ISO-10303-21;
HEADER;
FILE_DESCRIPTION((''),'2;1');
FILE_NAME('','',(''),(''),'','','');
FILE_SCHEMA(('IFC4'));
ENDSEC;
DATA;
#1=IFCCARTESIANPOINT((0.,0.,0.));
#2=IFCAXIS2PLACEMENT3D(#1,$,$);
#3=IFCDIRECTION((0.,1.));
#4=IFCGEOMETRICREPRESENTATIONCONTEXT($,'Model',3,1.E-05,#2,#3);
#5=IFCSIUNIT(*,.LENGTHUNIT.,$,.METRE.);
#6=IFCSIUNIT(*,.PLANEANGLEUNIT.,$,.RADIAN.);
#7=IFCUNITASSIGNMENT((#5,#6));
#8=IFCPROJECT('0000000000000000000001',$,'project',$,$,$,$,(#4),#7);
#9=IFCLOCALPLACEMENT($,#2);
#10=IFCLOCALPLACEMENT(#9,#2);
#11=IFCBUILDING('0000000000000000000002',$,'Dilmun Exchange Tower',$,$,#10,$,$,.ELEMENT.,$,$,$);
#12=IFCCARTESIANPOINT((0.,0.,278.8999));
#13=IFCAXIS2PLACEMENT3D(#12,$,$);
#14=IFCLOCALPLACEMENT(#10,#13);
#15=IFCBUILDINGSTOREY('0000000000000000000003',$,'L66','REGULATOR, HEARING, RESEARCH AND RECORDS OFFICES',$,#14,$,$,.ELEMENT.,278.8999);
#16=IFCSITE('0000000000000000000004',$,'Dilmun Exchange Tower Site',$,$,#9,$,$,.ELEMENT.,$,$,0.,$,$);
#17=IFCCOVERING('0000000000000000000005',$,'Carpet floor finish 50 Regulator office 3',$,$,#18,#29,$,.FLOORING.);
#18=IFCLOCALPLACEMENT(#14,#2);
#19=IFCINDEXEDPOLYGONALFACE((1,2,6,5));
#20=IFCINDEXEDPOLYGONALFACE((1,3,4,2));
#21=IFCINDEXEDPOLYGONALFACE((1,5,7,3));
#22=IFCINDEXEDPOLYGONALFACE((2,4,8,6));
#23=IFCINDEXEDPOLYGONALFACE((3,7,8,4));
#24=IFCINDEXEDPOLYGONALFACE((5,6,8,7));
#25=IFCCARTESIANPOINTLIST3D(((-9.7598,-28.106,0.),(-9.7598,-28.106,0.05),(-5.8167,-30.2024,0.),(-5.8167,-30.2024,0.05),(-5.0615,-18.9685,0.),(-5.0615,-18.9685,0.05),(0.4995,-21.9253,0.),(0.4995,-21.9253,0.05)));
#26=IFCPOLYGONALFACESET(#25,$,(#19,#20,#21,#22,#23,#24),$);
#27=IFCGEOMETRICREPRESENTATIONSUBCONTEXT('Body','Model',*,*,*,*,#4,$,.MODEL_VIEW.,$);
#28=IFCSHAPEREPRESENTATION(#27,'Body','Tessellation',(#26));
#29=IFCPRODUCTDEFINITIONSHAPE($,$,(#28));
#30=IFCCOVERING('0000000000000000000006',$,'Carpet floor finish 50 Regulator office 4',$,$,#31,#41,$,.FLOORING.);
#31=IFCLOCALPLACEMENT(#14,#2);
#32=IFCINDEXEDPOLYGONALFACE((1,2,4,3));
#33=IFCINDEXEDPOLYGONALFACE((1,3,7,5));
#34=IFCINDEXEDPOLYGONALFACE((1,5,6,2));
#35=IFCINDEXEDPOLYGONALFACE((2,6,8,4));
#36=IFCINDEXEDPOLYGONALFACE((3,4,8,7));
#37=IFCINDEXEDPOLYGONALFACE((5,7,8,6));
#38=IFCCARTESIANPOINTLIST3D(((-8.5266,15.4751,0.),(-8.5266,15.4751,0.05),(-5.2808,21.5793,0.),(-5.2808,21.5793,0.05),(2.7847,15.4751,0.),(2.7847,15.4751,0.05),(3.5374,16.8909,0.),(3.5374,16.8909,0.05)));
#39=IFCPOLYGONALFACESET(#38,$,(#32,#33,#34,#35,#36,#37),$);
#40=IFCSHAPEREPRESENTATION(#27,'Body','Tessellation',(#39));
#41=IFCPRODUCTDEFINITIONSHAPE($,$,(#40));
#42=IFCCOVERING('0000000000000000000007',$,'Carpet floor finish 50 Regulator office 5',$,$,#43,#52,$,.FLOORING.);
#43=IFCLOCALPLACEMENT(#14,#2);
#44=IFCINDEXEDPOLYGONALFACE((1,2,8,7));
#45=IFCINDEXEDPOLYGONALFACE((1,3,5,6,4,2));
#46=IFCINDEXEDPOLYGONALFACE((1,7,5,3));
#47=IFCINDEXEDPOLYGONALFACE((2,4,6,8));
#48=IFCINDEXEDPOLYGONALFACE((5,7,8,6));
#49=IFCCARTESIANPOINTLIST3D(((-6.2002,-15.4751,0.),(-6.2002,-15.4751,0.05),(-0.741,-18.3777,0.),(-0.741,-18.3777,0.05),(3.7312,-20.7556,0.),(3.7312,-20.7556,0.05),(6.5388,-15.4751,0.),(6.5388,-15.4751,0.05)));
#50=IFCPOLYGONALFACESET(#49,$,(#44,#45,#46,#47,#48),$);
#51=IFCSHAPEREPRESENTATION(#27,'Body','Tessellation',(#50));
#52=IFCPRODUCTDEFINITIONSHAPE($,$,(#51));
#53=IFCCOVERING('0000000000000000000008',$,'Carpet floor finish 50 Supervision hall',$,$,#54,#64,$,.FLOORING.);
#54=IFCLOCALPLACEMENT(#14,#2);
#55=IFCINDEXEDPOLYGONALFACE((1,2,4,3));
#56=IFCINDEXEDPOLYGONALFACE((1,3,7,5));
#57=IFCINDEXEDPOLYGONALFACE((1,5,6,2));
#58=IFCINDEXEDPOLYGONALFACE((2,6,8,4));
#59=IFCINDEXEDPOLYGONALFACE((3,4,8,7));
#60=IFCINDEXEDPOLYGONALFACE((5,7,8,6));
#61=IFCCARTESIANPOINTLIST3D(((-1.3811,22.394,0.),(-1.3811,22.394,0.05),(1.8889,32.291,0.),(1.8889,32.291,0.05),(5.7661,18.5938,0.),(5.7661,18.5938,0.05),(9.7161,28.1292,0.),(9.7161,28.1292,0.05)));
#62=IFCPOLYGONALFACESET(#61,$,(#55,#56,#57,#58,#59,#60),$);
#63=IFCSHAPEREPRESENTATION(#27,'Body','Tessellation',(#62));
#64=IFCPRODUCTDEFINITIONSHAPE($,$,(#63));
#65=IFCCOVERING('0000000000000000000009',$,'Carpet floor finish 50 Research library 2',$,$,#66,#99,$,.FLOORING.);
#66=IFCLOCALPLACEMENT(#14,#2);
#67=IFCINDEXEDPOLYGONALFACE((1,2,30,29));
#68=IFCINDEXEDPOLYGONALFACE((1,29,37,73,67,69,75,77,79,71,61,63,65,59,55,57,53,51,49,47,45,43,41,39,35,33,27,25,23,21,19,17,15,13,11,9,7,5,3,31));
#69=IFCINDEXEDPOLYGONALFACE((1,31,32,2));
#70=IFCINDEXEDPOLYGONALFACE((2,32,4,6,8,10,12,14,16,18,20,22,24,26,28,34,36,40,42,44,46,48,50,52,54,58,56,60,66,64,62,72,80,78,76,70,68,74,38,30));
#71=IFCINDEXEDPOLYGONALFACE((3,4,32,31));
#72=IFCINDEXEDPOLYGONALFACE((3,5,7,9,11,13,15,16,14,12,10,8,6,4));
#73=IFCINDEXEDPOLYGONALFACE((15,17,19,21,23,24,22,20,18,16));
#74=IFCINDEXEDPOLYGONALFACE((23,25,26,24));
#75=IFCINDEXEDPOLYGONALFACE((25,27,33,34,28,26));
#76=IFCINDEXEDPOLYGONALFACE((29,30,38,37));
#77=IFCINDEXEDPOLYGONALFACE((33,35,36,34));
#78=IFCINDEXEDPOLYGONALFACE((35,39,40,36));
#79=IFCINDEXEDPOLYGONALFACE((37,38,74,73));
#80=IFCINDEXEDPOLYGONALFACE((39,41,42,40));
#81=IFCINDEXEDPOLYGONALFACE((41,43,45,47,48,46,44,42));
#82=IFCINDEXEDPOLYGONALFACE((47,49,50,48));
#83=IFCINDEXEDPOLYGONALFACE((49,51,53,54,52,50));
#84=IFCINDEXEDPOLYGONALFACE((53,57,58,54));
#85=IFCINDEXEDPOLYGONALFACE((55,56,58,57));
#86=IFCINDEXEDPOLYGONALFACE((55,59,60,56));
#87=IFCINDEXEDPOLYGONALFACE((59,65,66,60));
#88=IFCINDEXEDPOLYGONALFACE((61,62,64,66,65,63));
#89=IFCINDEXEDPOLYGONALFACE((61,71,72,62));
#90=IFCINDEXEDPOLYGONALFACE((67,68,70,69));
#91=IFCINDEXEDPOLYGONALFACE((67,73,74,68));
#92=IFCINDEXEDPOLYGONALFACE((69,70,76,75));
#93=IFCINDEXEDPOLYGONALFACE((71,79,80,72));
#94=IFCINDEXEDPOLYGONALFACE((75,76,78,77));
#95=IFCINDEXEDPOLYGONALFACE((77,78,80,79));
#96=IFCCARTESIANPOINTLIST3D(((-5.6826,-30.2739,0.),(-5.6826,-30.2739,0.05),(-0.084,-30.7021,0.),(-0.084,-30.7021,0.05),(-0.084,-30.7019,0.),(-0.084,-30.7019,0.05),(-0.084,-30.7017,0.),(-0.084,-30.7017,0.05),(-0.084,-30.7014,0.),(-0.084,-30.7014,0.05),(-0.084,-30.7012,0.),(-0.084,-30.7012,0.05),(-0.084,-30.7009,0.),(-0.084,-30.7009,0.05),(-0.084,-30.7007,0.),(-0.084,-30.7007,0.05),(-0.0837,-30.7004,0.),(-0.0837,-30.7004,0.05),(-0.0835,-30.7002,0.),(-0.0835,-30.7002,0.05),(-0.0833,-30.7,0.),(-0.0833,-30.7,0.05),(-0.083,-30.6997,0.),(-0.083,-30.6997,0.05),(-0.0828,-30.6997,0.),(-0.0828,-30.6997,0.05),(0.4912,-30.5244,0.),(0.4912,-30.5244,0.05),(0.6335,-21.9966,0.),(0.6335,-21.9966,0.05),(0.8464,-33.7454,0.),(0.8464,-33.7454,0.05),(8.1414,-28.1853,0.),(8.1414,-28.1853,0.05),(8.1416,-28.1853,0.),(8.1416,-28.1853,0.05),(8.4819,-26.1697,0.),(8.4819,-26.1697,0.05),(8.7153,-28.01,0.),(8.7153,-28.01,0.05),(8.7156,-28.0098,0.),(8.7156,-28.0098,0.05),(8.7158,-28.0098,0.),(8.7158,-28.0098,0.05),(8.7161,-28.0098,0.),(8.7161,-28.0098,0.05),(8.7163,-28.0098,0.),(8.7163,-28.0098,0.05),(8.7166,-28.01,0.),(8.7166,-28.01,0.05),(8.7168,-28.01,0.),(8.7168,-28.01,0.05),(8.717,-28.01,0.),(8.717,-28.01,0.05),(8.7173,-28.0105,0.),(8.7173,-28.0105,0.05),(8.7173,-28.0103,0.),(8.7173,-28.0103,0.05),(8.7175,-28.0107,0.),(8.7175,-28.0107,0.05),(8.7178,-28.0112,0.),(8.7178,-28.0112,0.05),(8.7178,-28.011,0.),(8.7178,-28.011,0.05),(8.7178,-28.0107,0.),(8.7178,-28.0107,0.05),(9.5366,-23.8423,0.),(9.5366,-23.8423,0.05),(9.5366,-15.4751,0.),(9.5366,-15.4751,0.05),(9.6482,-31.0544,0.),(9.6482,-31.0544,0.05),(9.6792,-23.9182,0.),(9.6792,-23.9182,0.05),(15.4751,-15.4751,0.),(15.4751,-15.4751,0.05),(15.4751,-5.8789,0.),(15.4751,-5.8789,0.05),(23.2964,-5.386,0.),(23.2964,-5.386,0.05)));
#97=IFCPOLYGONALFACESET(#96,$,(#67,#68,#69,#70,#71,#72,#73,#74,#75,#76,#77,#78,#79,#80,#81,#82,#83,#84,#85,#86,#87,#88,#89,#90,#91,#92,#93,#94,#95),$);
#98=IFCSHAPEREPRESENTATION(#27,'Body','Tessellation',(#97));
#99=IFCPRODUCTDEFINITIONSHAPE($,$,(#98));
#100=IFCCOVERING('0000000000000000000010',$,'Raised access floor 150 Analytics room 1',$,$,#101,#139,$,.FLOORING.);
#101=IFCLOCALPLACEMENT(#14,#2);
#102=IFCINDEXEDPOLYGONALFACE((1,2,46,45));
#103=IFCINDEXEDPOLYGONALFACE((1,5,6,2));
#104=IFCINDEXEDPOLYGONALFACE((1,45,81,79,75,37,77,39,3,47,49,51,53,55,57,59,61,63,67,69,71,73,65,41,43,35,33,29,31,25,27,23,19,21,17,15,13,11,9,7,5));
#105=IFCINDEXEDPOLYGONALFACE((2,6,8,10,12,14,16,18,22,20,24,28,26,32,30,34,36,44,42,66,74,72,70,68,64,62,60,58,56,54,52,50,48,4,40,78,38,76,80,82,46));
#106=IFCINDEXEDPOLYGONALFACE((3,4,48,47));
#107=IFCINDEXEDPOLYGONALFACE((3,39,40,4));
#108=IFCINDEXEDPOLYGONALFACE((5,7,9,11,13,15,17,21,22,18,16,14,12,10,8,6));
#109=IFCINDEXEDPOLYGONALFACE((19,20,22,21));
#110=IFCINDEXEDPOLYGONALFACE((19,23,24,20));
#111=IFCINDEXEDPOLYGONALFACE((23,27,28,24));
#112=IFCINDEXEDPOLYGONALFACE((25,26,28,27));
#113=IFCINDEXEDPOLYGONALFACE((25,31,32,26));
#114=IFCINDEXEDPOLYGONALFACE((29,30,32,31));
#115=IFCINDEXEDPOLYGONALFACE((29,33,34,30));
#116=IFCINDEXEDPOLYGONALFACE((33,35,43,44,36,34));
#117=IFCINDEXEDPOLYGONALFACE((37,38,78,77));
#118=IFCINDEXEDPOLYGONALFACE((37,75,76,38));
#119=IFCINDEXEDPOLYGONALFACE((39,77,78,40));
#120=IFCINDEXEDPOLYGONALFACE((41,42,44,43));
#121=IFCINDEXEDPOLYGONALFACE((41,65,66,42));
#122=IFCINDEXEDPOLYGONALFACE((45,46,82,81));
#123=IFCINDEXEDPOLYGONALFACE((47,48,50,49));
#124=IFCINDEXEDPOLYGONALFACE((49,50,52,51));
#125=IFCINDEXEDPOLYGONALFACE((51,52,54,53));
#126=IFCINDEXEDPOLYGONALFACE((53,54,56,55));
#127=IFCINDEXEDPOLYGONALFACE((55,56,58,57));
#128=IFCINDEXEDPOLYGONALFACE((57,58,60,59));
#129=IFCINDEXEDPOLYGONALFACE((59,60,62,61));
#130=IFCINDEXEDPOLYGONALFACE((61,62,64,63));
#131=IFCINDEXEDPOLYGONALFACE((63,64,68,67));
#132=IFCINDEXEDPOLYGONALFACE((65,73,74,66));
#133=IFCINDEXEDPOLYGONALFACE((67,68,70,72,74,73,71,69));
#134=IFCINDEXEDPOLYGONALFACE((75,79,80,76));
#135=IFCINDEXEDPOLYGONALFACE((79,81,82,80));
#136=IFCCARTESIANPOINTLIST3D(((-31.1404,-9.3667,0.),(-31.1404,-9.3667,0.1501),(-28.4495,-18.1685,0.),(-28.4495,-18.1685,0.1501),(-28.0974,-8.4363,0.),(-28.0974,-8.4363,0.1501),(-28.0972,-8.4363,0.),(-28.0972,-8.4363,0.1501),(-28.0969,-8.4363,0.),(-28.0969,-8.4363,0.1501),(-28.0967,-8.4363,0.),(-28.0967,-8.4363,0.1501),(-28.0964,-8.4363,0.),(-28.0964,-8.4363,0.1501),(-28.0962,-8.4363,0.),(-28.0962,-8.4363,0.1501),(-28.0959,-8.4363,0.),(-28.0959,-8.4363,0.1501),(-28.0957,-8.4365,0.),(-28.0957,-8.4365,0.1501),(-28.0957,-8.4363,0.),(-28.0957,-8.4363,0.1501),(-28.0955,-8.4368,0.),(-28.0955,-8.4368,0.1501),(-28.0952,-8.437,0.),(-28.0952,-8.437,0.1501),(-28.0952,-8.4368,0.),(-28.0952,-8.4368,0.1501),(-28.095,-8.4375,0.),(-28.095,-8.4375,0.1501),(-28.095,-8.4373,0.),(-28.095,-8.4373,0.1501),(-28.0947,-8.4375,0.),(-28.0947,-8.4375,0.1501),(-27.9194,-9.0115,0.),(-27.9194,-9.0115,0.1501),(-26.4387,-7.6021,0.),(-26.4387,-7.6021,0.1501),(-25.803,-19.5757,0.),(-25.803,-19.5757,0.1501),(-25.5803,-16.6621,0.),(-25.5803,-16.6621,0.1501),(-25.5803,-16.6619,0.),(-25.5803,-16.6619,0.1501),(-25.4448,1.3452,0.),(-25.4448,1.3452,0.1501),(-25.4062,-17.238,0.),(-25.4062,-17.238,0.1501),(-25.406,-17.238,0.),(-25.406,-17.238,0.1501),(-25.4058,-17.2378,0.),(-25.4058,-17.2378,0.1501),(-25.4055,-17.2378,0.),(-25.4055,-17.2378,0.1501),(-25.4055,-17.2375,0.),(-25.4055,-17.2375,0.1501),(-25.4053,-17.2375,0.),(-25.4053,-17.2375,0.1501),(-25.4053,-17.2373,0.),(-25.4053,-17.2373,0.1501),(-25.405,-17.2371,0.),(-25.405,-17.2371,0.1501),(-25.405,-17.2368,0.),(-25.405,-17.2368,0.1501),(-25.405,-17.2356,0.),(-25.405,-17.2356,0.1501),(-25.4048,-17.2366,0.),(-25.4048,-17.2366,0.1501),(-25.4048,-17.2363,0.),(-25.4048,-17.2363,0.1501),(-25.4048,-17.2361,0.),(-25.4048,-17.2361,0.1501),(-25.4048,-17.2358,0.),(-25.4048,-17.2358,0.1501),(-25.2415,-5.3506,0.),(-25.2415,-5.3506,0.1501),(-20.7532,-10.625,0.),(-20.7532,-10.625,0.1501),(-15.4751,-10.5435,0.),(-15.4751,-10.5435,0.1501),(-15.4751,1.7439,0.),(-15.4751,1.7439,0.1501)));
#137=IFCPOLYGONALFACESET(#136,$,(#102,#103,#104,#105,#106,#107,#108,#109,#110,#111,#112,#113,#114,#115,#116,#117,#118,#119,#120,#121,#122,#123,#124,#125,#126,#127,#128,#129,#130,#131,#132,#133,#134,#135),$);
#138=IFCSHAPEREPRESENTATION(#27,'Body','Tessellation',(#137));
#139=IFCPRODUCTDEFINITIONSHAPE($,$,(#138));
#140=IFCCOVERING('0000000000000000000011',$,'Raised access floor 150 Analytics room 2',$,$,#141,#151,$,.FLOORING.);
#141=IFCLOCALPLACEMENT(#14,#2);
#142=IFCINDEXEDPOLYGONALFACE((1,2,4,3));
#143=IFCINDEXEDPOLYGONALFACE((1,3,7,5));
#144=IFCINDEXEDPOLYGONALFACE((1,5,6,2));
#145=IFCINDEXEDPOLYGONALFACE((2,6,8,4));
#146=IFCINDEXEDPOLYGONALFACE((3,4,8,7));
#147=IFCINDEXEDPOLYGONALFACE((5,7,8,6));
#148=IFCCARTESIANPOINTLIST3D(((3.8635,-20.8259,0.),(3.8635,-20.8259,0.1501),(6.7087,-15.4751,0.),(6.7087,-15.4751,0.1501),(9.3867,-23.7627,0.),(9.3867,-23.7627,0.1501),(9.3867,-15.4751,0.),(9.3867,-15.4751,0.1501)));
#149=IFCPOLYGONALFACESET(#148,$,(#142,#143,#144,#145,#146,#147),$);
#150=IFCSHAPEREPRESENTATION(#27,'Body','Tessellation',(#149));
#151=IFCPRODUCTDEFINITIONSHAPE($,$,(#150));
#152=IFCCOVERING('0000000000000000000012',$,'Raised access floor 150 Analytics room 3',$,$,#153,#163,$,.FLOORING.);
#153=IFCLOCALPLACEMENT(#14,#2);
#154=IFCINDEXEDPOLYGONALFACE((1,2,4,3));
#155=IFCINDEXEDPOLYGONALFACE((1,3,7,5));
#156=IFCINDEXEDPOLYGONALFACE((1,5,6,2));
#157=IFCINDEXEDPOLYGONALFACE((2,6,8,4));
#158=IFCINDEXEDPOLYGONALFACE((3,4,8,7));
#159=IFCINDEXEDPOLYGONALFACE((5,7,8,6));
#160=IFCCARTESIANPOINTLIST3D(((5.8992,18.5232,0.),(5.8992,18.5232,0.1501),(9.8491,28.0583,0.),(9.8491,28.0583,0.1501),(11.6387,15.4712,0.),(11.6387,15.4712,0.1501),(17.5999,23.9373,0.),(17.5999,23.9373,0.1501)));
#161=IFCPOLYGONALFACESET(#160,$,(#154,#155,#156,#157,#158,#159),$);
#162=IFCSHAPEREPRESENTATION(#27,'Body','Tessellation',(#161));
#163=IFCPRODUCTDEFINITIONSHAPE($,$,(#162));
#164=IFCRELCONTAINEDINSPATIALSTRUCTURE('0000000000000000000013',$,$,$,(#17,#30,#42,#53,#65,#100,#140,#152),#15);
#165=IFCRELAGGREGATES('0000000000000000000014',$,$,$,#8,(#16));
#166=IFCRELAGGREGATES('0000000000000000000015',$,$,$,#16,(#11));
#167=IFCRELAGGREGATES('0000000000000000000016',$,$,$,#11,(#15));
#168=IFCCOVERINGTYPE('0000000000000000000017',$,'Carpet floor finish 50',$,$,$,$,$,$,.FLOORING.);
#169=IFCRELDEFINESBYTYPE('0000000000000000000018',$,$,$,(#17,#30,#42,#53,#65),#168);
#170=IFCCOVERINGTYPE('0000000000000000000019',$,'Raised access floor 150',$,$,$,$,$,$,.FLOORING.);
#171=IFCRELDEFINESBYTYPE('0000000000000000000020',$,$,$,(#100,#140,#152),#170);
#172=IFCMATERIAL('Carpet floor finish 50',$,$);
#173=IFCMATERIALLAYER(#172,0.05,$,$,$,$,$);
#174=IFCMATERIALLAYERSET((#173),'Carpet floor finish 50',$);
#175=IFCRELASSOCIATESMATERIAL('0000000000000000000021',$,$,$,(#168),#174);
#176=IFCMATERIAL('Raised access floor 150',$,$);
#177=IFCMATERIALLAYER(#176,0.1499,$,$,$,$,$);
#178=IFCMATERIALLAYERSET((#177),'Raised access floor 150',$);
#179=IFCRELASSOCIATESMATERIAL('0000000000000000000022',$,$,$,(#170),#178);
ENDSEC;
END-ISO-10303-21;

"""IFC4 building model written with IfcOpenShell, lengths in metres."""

from ifc_helpers import new_model, si_unit, direction, frame, origin, place, context, subcontext, project, spatial, polyline, outline, extrude, material, layer, layer_set, type_object, element, save


model = new_model("IFC4")

# Units and contexts
model_context = context("Model", 3, precision=1e-05, world=origin(), true_north=direction((0.0, 1.0)))
body_context = subcontext(model_context, "Body", "Model", "MODEL_VIEW")
ifc_project = project(units=[si_unit("LENGTHUNIT", "METRE"), si_unit("PLANEANGLEUNIT", "RADIAN")], contexts=[model_context])

# Site, building, storey
site_placement = place(None, origin())
site = spatial("IfcSite", under=ifc_project, at=site_placement, Name="Dilmun Exchange Tower Site", CompositionType="ELEMENT", RefElevation=0.0)
building_placement = place(site_placement, origin())
building = spatial("IfcBuilding", under=site, at=building_placement, Name="Dilmun Exchange Tower", CompositionType="ELEMENT")
storey_placement = place(building_placement, frame((0.0, 0.0, 278.8999)))
storey = spatial("IfcBuildingStorey", under=building, at=storey_placement, Name="L66", Description="REGULATOR, HEARING, RESEARCH AND RECORDS OFFICES", CompositionType="ELEMENT", Elevation=278.8999)

# Coverings
ifc_material_1 = material(Name="Carpet floor finish 50")
ifc_layer_1 = layer(ifc_material_1, 0.05)
ifc_layer_set_1 = layer_set([ifc_layer_1], Name="Carpet floor finish 50")
covering_type_1 = type_object("IfcCoveringType", Name="Carpet floor finish 50", PredefinedType="FLOORING", material=ifc_layer_set_1)
covering_1_placement = place(storey_placement, origin())
element("IfcCovering", 1, at=covering_1_placement, inside=storey, type_object=covering_type_1, Name="Carpet floor finish 50 Regulator office 3", PredefinedType="FLOORING", context=body_context, shape_type="SweptSolid", body=[
    extrude(outline(polyline([(0.4995, -21.9253), (-5.8167, -30.2024), (-9.7598, -28.106), (-5.0615, -18.9685), (0.4995, -21.9253)])), origin(), (0.0, 0.0, 1.0), 0.05),
])
covering_2_placement = place(storey_placement, origin())
element("IfcCovering", 2, at=covering_2_placement, inside=storey, type_object=covering_type_1, Name="Carpet floor finish 50 Regulator office 4", PredefinedType="FLOORING", context=body_context, shape_type="SweptSolid", body=[
    extrude(outline(polyline([(3.5374, 16.8909), (2.7847, 15.4751), (-8.5266, 15.4751), (-5.2808, 21.5793), (3.5374, 16.8909)])), origin(), (0.0, 0.0, 1.0), 0.05),
])
covering_3_placement = place(storey_placement, origin())
element("IfcCovering", 3, at=covering_3_placement, inside=storey, type_object=covering_type_1, Name="Carpet floor finish 50 Regulator office 5", PredefinedType="FLOORING", context=body_context, shape_type="SweptSolid", body=[
    extrude(outline(polyline([(-0.741, -18.3777), (-6.2002, -15.4751), (6.5388, -15.4751), (3.7312, -20.7556), (-0.741, -18.3777)])), origin(), (0.0, 0.0, 1.0), 0.05),
])
covering_4_placement = place(storey_placement, origin())
element("IfcCovering", 4, at=covering_4_placement, inside=storey, type_object=covering_type_1, Name="Carpet floor finish 50 Supervision hall", PredefinedType="FLOORING", context=body_context, shape_type="SweptSolid", body=[
    extrude(outline(polyline([(1.8889, 32.291), (9.7161, 28.1292), (5.7661, 18.5938), (-1.3811, 22.394), (1.8889, 32.291)])), origin(), (0.0, 0.0, 1.0), 0.05),
])
covering_5_placement = place(storey_placement, origin())
element("IfcCovering", 5, at=covering_5_placement, inside=storey, type_object=covering_type_1, Name="Carpet floor finish 50 Research library 2", PredefinedType="FLOORING", context=body_context, shape_type="SweptSolid", body=[
    extrude(outline(polyline([(15.4751, -15.4751), (15.4751, -5.8789), (23.2964, -5.386), (9.6482, -31.0544), (8.7178, -28.0112), (8.7178, -28.011), (8.7178, -28.0107), (8.7175, -28.0107), (8.7173, -28.0105), (8.7173, -28.0105), (8.7173, -28.0103), (8.717, -28.01), (8.7168, -28.01), (8.7168, -28.01), (8.7166, -28.01), (8.7163, -28.0098), (8.7161, -28.0098), (8.7158, -28.0098), (8.7158, -28.0098), (8.7156, -28.0098), (8.7153, -28.01), (8.1416, -28.1853), (8.1414, -28.1853), (8.1414, -28.1853), (0.4912, -30.5244), (-0.0828, -30.6997), (-0.083, -30.6997), (-0.083, -30.6997), (-0.0833, -30.7), (-0.0835, -30.7002), (-0.0835, -30.7002), (-0.0835, -30.7002), (-0.0837, -30.7004), (-0.084, -30.7007), (-0.084, -30.7007), (-0.084, -30.7009), (-0.084, -30.7012), (-0.084, -30.7014), (-0.084, -30.7017), (-0.084, -30.7019), (-0.084, -30.7019), (-0.084, -30.7021), (0.8464, -33.7454), (-5.6826, -30.2739), (0.6335, -21.9966), (8.4819, -26.1697), (9.6792, -23.9182), (9.5366, -23.8423), (9.5366, -15.4751), (15.4751, -15.4751)])), origin(), (0.0, 0.0, 1.0), 0.05),
])
ifc_material_2 = material(Name="Raised access floor 150")
ifc_layer_2 = layer(ifc_material_2, 0.1499)
ifc_layer_set_2 = layer_set([ifc_layer_2], Name="Raised access floor 150")
covering_type_2 = type_object("IfcCoveringType", Name="Raised access floor 150", PredefinedType="FLOORING", material=ifc_layer_set_2)
covering_6_placement = place(storey_placement, origin())
element("IfcCovering", 6, at=covering_6_placement, inside=storey, type_object=covering_type_2, Name="Raised access floor 150 Analytics room 1", PredefinedType="FLOORING", context=body_context, shape_type="SweptSolid", body=[
    extrude(outline(polyline([(-15.4751, 1.7439), (-15.4751, -10.5435), (-25.2415, -5.3506), (-26.4387, -7.6021), (-20.7532, -10.625), (-25.803, -19.5757), (-28.4495, -18.1685), (-25.4062, -17.238), (-25.406, -17.238), (-25.406, -17.238), (-25.4058, -17.2378), (-25.4055, -17.2378), (-25.4055, -17.2375), (-25.4053, -17.2375), (-25.4053, -17.2373), (-25.405, -17.2371), (-25.405, -17.2371), (-25.405, -17.2368), (-25.4048, -17.2366), (-25.4048, -17.2363), (-25.4048, -17.2361), (-25.4048, -17.2361), (-25.4048, -17.2358), (-25.405, -17.2356), (-25.5803, -16.6621), (-25.5803, -16.6619), (-27.9194, -9.0115), (-28.0947, -8.4375), (-28.095, -8.4375), (-28.095, -8.4373), (-28.0952, -8.437), (-28.0952, -8.437), (-28.0952, -8.4368), (-28.0955, -8.4368), (-28.0957, -8.4365), (-28.0957, -8.4363), (-28.0959, -8.4363), (-28.0962, -8.4363), (-28.0962, -8.4363), (-28.0964, -8.4363), (-28.0967, -8.4363), (-28.0969, -8.4363), (-28.0972, -8.4363), (-28.0974, -8.4363), (-31.1404, -9.3667), (-25.4448, 1.3452), (-15.4751, 1.7439)])), origin(), (0.0, 0.0, 1.0), 0.1501),
])
covering_7_placement = place(storey_placement, origin())
element("IfcCovering", 7, at=covering_7_placement, inside=storey, type_object=covering_type_2, Name="Raised access floor 150 Analytics room 2", PredefinedType="FLOORING", context=body_context, shape_type="SweptSolid", body=[
    extrude(outline(polyline([(9.3867, -15.4751), (9.3867, -23.7627), (3.8635, -20.8259), (6.7087, -15.4751), (9.3867, -15.4751)])), origin(), (0.0, 0.0, 1.0), 0.1501),
])
covering_8_placement = place(storey_placement, origin())
element("IfcCovering", 8, at=covering_8_placement, inside=storey, type_object=covering_type_2, Name="Raised access floor 150 Analytics room 3", PredefinedType="FLOORING", context=body_context, shape_type="SweptSolid", body=[
    extrude(outline(polyline([(5.8992, 18.5232), (9.8491, 28.0583), (17.5999, 23.9373), (11.6387, 15.4712), (5.8992, 18.5232)])), origin(), (0.0, 0.0, 1.0), 0.1501),
])

save(model, "model.ifc")
